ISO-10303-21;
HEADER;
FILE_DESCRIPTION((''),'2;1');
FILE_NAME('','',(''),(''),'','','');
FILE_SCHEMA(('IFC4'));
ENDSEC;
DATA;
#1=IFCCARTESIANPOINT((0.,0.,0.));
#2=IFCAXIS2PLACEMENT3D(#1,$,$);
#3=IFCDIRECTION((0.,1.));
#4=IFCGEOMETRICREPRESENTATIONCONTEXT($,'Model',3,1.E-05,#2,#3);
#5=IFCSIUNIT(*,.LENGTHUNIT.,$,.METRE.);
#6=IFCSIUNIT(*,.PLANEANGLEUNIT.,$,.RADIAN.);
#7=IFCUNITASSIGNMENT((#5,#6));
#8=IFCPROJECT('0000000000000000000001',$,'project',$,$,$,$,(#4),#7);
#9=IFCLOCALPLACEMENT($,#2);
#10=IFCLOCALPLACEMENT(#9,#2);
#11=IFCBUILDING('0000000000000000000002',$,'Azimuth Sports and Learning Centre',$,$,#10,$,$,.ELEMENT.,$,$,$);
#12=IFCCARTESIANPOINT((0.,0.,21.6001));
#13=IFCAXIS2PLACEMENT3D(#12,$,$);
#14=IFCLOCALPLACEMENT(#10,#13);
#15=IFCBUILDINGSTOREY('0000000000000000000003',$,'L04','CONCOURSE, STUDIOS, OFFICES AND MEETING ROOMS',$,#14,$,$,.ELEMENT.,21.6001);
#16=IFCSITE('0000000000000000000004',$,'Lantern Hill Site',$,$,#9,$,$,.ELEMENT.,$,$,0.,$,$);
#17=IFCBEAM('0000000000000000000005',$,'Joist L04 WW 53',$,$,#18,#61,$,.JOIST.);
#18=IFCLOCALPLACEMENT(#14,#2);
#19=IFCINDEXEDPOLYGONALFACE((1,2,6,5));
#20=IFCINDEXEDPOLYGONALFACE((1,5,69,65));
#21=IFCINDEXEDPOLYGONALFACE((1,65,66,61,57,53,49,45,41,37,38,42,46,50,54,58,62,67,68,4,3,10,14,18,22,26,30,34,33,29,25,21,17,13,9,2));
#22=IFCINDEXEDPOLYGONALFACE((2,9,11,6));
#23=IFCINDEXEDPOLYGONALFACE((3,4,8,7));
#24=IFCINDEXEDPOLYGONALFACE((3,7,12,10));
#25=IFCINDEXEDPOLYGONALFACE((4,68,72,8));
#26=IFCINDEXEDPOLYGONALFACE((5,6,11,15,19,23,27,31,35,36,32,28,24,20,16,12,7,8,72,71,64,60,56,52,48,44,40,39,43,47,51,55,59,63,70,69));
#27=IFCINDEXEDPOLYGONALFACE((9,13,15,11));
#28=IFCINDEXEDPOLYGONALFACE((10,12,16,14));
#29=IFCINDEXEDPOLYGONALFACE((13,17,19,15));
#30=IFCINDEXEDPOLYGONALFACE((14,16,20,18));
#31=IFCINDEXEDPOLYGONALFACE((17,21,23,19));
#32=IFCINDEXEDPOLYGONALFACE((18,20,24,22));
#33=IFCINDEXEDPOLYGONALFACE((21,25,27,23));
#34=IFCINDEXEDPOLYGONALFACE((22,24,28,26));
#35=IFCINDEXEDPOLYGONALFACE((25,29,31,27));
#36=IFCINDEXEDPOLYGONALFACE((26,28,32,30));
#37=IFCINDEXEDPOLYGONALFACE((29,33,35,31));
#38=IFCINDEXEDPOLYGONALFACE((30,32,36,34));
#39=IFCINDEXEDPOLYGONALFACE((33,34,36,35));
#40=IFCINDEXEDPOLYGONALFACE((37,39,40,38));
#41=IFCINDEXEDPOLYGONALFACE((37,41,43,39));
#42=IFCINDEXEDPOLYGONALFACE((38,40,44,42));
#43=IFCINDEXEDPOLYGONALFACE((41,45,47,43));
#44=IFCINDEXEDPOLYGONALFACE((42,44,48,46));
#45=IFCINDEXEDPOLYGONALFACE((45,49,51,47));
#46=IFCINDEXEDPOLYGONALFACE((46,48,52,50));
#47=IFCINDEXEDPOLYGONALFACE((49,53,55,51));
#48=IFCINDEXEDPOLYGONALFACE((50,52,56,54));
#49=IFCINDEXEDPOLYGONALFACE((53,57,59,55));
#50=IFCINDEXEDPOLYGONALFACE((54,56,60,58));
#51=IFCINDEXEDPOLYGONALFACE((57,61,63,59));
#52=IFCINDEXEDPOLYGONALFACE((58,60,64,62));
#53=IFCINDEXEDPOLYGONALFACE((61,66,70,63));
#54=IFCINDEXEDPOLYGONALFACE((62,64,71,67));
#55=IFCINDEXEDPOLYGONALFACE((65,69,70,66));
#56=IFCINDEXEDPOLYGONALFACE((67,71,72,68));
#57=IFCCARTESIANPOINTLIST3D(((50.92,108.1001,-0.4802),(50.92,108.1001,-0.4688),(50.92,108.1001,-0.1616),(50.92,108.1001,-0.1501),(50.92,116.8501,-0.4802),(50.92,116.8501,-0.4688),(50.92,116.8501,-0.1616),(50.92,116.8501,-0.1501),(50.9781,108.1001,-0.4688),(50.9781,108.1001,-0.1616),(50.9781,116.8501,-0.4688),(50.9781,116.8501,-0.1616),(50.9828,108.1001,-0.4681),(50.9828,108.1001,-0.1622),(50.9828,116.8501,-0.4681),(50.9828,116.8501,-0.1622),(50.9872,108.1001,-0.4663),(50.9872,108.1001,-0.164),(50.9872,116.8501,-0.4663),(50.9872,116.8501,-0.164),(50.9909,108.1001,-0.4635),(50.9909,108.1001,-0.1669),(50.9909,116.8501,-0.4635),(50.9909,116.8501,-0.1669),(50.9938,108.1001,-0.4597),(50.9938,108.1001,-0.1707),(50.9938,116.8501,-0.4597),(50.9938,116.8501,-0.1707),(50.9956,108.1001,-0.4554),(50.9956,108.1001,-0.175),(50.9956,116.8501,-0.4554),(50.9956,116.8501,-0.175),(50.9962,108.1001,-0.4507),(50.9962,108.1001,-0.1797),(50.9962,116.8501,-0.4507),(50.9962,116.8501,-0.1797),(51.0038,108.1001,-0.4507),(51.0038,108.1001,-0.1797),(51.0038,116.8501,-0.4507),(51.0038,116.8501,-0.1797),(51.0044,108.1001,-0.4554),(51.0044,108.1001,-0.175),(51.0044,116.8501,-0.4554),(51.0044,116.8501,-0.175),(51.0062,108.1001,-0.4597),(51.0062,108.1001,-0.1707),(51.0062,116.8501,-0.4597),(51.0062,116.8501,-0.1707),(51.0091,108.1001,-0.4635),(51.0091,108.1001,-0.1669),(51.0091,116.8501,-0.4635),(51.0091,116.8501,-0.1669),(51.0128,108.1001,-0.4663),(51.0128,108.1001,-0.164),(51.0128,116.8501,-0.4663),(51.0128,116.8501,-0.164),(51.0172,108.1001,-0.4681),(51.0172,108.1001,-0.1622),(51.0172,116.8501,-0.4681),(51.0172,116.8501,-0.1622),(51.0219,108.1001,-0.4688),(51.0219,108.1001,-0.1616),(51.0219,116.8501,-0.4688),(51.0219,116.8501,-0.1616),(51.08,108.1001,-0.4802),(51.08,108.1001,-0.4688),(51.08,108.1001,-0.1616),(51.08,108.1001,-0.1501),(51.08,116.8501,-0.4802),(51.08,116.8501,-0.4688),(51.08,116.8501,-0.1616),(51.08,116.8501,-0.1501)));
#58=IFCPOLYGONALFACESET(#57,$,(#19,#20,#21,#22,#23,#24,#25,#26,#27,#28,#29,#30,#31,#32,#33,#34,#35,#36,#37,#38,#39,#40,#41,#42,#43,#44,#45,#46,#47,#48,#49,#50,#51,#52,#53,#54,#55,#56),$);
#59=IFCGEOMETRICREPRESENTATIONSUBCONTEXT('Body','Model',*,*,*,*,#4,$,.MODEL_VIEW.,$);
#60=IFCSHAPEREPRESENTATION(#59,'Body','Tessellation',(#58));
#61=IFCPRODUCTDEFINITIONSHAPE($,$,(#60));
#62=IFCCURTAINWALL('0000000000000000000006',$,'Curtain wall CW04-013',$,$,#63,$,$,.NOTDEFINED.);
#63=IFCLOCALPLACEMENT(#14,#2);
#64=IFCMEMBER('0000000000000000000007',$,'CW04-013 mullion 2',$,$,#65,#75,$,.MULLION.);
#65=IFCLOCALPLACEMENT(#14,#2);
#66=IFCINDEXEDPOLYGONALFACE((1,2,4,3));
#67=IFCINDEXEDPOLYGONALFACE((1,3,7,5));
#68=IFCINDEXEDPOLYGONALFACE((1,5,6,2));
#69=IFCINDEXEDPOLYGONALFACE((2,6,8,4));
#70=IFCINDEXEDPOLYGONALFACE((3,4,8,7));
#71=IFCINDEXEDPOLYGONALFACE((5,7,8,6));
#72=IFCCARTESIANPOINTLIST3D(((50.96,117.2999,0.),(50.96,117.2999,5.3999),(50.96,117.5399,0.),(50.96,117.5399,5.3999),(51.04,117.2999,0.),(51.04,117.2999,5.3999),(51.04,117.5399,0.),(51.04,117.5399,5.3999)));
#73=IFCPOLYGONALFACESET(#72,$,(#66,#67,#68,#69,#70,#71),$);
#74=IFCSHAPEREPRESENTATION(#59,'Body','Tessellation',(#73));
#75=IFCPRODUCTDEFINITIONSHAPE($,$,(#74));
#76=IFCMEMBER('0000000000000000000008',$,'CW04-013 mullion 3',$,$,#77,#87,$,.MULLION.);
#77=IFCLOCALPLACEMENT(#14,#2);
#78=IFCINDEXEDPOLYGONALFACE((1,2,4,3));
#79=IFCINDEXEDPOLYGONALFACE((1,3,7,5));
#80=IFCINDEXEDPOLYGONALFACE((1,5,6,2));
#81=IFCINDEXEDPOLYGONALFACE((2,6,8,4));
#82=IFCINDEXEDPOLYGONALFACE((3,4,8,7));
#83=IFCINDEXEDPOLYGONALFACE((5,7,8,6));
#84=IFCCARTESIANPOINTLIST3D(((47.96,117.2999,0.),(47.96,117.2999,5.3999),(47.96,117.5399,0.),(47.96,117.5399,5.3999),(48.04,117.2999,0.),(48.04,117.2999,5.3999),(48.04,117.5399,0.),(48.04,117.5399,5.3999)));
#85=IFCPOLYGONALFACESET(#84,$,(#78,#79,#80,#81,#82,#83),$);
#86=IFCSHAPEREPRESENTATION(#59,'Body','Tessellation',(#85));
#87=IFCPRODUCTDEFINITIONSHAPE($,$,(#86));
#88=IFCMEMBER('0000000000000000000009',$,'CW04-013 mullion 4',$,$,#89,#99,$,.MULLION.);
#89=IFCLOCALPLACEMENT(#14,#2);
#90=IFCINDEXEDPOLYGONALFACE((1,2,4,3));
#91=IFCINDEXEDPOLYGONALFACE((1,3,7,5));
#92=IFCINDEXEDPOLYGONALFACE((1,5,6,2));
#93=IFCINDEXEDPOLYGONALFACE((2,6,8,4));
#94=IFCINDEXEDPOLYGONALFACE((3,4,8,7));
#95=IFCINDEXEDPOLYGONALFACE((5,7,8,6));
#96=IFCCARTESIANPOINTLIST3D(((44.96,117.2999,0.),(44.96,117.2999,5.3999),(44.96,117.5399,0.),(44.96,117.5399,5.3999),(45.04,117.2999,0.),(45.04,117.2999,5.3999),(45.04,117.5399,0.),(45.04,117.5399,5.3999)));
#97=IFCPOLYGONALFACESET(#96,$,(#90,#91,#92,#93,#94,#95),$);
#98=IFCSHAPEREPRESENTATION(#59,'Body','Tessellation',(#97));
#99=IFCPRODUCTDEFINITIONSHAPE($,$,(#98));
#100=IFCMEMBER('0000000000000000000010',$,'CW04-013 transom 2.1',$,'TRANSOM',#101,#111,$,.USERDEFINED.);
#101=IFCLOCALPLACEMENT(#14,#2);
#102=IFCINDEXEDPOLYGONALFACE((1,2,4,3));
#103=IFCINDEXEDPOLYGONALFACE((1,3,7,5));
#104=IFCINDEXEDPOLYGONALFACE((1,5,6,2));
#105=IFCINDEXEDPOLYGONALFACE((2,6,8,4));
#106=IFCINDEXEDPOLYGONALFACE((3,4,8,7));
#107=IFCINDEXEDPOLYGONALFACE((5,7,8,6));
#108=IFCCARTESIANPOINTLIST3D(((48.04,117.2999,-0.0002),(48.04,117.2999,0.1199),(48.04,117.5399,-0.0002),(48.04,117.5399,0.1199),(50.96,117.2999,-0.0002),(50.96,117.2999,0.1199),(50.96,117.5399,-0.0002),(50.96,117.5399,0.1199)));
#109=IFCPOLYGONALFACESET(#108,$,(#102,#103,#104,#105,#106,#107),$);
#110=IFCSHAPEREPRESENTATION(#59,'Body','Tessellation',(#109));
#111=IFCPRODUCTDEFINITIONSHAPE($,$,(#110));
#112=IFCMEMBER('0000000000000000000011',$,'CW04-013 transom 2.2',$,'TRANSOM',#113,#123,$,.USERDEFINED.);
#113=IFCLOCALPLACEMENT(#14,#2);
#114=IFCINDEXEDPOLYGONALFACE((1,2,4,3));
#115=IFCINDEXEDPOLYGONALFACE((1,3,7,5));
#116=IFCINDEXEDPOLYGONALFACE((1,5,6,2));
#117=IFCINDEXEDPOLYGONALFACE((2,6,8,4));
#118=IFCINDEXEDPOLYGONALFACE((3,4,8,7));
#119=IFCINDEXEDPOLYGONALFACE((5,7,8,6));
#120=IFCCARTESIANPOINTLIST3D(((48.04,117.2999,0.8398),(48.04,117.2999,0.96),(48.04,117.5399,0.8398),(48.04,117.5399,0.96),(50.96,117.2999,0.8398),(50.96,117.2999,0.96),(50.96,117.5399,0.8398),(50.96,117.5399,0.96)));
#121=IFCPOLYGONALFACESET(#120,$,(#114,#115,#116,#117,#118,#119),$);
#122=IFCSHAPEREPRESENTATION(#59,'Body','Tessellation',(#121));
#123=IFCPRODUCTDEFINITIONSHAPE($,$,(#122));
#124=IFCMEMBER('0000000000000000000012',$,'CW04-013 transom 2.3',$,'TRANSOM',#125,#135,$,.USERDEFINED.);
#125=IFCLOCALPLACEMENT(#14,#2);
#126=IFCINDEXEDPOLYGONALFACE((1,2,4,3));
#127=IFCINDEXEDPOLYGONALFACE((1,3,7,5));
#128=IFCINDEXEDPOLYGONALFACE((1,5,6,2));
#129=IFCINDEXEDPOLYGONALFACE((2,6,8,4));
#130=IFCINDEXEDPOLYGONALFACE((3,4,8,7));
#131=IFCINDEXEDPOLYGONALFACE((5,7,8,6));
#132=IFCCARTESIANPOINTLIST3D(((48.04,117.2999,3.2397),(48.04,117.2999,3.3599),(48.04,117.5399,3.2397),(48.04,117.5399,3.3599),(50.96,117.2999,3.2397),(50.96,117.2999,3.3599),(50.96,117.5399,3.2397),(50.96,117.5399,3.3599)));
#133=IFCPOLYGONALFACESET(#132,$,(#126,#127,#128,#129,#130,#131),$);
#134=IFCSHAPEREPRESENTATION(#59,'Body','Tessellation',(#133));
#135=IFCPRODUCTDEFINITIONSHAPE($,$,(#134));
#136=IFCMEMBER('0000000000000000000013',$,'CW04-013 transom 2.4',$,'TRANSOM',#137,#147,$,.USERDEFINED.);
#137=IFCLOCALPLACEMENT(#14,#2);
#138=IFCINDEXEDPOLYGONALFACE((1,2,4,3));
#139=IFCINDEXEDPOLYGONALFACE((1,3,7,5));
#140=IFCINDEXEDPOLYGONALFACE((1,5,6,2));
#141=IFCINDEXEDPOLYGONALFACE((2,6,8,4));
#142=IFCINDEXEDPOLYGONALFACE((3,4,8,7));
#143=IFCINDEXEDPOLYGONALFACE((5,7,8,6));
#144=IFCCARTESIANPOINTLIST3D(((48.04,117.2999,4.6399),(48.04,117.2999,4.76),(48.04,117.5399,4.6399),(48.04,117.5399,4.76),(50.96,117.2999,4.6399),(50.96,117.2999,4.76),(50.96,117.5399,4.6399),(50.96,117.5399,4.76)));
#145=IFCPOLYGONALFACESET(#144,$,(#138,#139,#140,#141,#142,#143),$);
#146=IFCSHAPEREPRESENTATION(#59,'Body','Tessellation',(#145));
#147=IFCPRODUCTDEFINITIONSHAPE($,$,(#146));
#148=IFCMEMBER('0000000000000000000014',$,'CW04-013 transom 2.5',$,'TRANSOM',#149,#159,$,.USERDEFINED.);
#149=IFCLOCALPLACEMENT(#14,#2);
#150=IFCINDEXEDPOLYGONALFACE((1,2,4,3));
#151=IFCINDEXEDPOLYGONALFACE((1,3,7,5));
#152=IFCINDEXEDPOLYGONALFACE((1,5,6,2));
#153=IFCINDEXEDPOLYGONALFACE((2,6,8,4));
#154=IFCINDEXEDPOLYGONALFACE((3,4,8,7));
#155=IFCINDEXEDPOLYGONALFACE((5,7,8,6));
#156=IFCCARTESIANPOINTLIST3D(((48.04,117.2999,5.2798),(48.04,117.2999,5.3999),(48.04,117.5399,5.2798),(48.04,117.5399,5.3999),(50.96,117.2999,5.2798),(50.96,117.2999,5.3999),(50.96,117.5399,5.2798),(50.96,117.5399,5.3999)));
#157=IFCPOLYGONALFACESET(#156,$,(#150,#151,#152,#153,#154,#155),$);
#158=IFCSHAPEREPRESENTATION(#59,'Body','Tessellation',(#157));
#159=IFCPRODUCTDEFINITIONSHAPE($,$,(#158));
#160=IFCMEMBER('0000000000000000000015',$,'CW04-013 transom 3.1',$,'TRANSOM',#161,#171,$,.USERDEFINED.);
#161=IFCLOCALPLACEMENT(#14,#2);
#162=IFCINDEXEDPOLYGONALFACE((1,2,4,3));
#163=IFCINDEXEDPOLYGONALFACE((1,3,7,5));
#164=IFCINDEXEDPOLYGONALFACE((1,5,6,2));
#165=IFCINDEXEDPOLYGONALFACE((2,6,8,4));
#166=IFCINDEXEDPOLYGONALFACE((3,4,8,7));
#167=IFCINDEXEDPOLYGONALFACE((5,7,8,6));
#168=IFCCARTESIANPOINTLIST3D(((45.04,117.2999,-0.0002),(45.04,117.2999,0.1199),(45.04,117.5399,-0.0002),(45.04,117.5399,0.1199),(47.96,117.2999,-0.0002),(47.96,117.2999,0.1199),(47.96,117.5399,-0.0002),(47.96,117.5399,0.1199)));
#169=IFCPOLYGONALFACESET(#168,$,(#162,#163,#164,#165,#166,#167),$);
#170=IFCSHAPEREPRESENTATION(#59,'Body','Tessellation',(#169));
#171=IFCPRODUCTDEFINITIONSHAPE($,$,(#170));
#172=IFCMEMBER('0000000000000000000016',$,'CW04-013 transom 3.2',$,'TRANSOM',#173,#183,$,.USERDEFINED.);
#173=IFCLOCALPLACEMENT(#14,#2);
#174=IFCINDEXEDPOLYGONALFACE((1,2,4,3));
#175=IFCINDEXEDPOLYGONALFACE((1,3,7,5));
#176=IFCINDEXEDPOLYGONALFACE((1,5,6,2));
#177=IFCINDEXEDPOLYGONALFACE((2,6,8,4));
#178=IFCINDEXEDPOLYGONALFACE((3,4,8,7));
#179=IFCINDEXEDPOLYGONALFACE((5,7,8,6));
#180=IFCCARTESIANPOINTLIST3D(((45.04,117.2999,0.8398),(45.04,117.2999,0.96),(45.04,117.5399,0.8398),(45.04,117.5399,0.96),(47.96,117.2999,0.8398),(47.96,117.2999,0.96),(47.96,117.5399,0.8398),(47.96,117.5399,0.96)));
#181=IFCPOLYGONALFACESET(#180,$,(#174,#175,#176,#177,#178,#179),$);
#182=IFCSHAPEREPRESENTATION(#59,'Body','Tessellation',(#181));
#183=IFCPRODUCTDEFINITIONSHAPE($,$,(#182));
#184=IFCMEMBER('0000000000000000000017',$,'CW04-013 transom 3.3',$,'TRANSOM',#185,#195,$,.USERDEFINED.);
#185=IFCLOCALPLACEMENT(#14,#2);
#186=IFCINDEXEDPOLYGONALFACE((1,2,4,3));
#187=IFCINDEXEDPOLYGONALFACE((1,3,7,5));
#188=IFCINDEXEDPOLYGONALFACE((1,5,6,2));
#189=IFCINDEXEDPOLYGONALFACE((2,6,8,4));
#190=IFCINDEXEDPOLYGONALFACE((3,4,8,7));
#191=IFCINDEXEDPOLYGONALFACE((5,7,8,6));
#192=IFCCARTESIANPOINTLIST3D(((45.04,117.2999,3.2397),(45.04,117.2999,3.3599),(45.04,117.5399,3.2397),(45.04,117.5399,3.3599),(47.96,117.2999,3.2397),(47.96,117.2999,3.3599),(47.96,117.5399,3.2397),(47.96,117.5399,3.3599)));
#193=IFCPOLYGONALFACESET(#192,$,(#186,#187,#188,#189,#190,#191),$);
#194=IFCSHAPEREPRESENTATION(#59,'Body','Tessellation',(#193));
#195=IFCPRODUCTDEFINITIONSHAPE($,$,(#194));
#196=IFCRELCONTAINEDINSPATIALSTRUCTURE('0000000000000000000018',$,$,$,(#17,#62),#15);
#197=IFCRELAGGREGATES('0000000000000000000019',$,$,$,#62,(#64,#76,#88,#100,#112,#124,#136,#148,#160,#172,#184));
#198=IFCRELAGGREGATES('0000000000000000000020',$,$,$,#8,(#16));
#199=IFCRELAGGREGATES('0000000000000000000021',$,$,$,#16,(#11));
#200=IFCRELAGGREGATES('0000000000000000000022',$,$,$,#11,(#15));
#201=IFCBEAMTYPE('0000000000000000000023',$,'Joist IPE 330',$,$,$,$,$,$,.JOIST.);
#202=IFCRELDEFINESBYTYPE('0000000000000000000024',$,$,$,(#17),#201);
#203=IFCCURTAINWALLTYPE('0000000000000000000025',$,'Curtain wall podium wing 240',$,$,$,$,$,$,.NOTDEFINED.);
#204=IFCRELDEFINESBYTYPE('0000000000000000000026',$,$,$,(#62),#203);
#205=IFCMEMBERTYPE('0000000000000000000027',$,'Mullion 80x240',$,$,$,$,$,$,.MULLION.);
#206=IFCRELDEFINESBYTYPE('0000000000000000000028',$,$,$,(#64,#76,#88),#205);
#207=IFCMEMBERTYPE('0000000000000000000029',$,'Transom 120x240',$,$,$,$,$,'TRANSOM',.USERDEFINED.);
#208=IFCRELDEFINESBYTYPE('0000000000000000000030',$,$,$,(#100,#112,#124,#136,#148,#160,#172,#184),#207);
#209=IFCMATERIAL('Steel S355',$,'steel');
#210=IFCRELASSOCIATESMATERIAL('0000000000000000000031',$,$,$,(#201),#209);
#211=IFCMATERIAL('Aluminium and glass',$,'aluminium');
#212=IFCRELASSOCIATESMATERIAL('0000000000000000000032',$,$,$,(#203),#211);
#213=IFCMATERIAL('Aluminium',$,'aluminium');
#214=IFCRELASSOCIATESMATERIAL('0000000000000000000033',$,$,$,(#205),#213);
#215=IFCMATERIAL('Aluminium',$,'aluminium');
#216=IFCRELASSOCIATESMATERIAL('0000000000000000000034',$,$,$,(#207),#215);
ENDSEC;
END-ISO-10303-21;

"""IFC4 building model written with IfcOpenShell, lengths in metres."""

from ifc_helpers import new_model, si_unit, direction, frame, origin, origin_2d, place, context, subcontext, project, spatial, rectangle, i_section, extrude, material, material_profile, profile_set, type_object, element, aggregate, save


model = new_model("IFC4")

# Units and contexts
model_context = context("Model", 3, precision=1e-05, world=origin(), true_north=direction((0.0, 1.0)))
body_context = subcontext(model_context, "Body", "Model", "MODEL_VIEW")
ifc_project = project(units=[si_unit("LENGTHUNIT", "METRE"), si_unit("PLANEANGLEUNIT", "RADIAN")], contexts=[model_context])

# Site, building, storey
site_placement = place(None, origin())
site = spatial("IfcSite", under=ifc_project, at=site_placement, Name="Lantern Hill Site", CompositionType="ELEMENT", RefElevation=0.0)
building_placement = place(site_placement, origin())
building = spatial("IfcBuilding", under=site, at=building_placement, Name="Azimuth Sports and Learning Centre", CompositionType="ELEMENT")
storey_placement = place(building_placement, frame((0.0, 0.0, 21.6001)))
storey = spatial("IfcBuildingStorey", under=building, at=storey_placement, Name="L04", Description="CONCOURSE, STUDIOS, OFFICES AND MEETING ROOMS", CompositionType="ELEMENT", Elevation=21.6001)

# Beam
ifc_material_1 = material(Name="Steel S355", Category="steel")
ifc_material_profile_1 = material_profile(ifc_material_1, i_section(OverallWidth=0.1599, OverallDepth=0.3301, WebThickness=0.0076, FlangeThickness=0.0115, FilletRadius=0.0181, at=origin_2d()), Name="IPE 330")
ifc_profile_set_1 = profile_set([ifc_material_profile_1], Name="Steel S355")
beam_type_1 = type_object("IfcBeamType", Name="Joist IPE 330", PredefinedType="JOIST", material=ifc_profile_set_1)
for number, where, z_axis, x_axis, name in (
    (1, (51.0, 108.1001, -0.3152), (0.0, 1.0, 0.0), (-1.0, 0.0, 0.0), "Joist L04 WW 53"),
):
    element("IfcBeam", number, at=place(storey_placement, frame(where, z_axis=z_axis, x_axis=x_axis)), inside=storey, type_object=beam_type_1, Name=name, PredefinedType="JOIST", context=body_context, shape_type="SweptSolid", body=[
        extrude(i_section(OverallWidth=0.1599, OverallDepth=0.3301, WebThickness=0.0076, FlangeThickness=0.0115, FilletRadius=0.0181, at=origin_2d()), origin(), (0.0, 0.0, 1.0), 8.75),
    ])

# Curtain wall, members
ifc_material_2 = material(Name="Aluminium and glass", Category="aluminium")
curtain_wall_type = type_object("IfcCurtainWallType", Name="Curtain wall podium wing 240", PredefinedType="NOTDEFINED", material=ifc_material_2)
curtain_wall_placement = place(storey_placement, origin())
curtain_wall = element("IfcCurtainWall", 2, at=curtain_wall_placement, inside=storey, type_object=curtain_wall_type, Name="Curtain wall CW04-013", PredefinedType="NOTDEFINED")
ifc_material_3 = material(Name="Aluminium", Category="aluminium")
ifc_material_profile_2 = material_profile(ifc_material_3, rectangle(XDim=0.24, YDim=0.0801, at=origin_2d()), Name="Mullion 80x240")
ifc_profile_set_2 = profile_set([ifc_material_profile_2], Name="Aluminium")
member_type_1 = type_object("IfcMemberType", Name="Mullion 80x240", PredefinedType="MULLION", material=ifc_profile_set_2)
member_1_placement = place(storey_placement, frame((51.0, 117.4199, 0.0), z_axis=(0.0, 0.0, 1.0), x_axis=(0.0, -1.0, 0.0)))
member_1 = element("IfcMember", 3, at=member_1_placement, type_object=member_type_1, Name="CW04-013 mullion 2", PredefinedType="MULLION", context=body_context, shape_type="SweptSolid", body=[
    extrude(rectangle(XDim=0.24, YDim=0.0801, at=origin_2d()), origin(), (0.0, 0.0, 1.0), 5.3999),
])
member_2_placement = place(storey_placement, frame((48.0, 117.4199, 0.0), z_axis=(0.0, 0.0, 1.0), x_axis=(0.0, -1.0, 0.0)))
member_2 = element("IfcMember", 4, at=member_2_placement, type_object=member_type_1, Name="CW04-013 mullion 3", PredefinedType="MULLION", context=body_context, shape_type="SweptSolid", body=[
    extrude(rectangle(XDim=0.24, YDim=0.0801, at=origin_2d()), origin(), (0.0, 0.0, 1.0), 5.3999),
])
member_3_placement = place(storey_placement, frame((45.0, 117.4199, 0.0), z_axis=(0.0, 0.0, 1.0), x_axis=(0.0, -1.0, 0.0)))
member_3 = element("IfcMember", 5, at=member_3_placement, type_object=member_type_1, Name="CW04-013 mullion 4", PredefinedType="MULLION", context=body_context, shape_type="SweptSolid", body=[
    extrude(rectangle(XDim=0.24, YDim=0.0801, at=origin_2d()), origin(), (0.0, 0.0, 1.0), 5.3999),
])
ifc_material_4 = material(Name="Aluminium", Category="aluminium")
ifc_material_profile_3 = material_profile(ifc_material_4, rectangle(XDim=0.24, YDim=0.1201, at=origin_2d()), Name="Transom 120x240")
ifc_profile_set_3 = profile_set([ifc_material_profile_3], Name="Aluminium")
member_type_2 = type_object("IfcMemberType", Name="Transom 120x240", ElementType="TRANSOM", PredefinedType="USERDEFINED", material=ifc_profile_set_3)
member_4_placement = place(storey_placement, frame((50.96, 117.4199, 0.0598), z_axis=(-1.0, 0.0, 0.0), x_axis=(0.0, -1.0, 0.0)))
member_4 = element("IfcMember", 6, at=member_4_placement, type_object=member_type_2, Name="CW04-013 transom 2.1", ObjectType="TRANSOM", PredefinedType="USERDEFINED", context=body_context, shape_type="SweptSolid", body=[
    extrude(rectangle(XDim=0.24, YDim=0.1201, at=origin_2d()), origin(), (0.0, 0.0, 1.0), 2.9199),
])
member_5_placement = place(storey_placement, frame((50.96, 117.4199, 0.8999), z_axis=(-1.0, 0.0, 0.0), x_axis=(0.0, -1.0, 0.0)))
member_5 = element("IfcMember", 7, at=member_5_placement, type_object=member_type_2, Name="CW04-013 transom 2.2", ObjectType="TRANSOM", PredefinedType="USERDEFINED", context=body_context, shape_type="SweptSolid", body=[
    extrude(rectangle(XDim=0.24, YDim=0.1201, at=origin_2d()), origin(), (0.0, 0.0, 1.0), 2.9199),
])
member_6_placement = place(storey_placement, frame((50.96, 117.4199, 3.2998), z_axis=(-1.0, 0.0, 0.0), x_axis=(0.0, -1.0, 0.0)))
member_6 = element("IfcMember", 8, at=member_6_placement, type_object=member_type_2, Name="CW04-013 transom 2.3", ObjectType="TRANSOM", PredefinedType="USERDEFINED", context=body_context, shape_type="SweptSolid", body=[
    extrude(rectangle(XDim=0.24, YDim=0.1201, at=origin_2d()), origin(), (0.0, 0.0, 1.0), 2.9199),
])
member_7_placement = place(storey_placement, frame((50.96, 117.4199, 4.7), z_axis=(-1.0, 0.0, 0.0), x_axis=(0.0, -1.0, 0.0)))
member_7 = element("IfcMember", 9, at=member_7_placement, type_object=member_type_2, Name="CW04-013 transom 2.4", ObjectType="TRANSOM", PredefinedType="USERDEFINED", context=body_context, shape_type="SweptSolid", body=[
    extrude(rectangle(XDim=0.24, YDim=0.1201, at=origin_2d()), origin(), (0.0, 0.0, 1.0), 2.9199),
])
member_8_placement = place(storey_placement, frame((50.96, 117.4199, 5.3398), z_axis=(-1.0, 0.0, 0.0), x_axis=(0.0, -1.0, 0.0)))
member_8 = element("IfcMember", 10, at=member_8_placement, type_object=member_type_2, Name="CW04-013 transom 2.5", ObjectType="TRANSOM", PredefinedType="USERDEFINED", context=body_context, shape_type="SweptSolid", body=[
    extrude(rectangle(XDim=0.24, YDim=0.1201, at=origin_2d()), origin(), (0.0, 0.0, 1.0), 2.9199),
])
member_9_placement = place(storey_placement, frame((47.96, 117.4199, 0.0598), z_axis=(-1.0, 0.0, 0.0), x_axis=(0.0, -1.0, 0.0)))
member_9 = element("IfcMember", 11, at=member_9_placement, type_object=member_type_2, Name="CW04-013 transom 3.1", ObjectType="TRANSOM", PredefinedType="USERDEFINED", context=body_context, shape_type="SweptSolid", body=[
    extrude(rectangle(XDim=0.24, YDim=0.1201, at=origin_2d()), origin(), (0.0, 0.0, 1.0), 2.9199),
])
member_10_placement = place(storey_placement, frame((47.96, 117.4199, 0.8999), z_axis=(-1.0, 0.0, 0.0), x_axis=(0.0, -1.0, 0.0)))
member_10 = element("IfcMember", 12, at=member_10_placement, type_object=member_type_2, Name="CW04-013 transom 3.2", ObjectType="TRANSOM", PredefinedType="USERDEFINED", context=body_context, shape_type="SweptSolid", body=[
    extrude(rectangle(XDim=0.24, YDim=0.1201, at=origin_2d()), origin(), (0.0, 0.0, 1.0), 2.9199),
])
member_11_placement = place(storey_placement, frame((47.96, 117.4199, 3.2998), z_axis=(-1.0, 0.0, 0.0), x_axis=(0.0, -1.0, 0.0)))
member_11 = element("IfcMember", 13, at=member_11_placement, type_object=member_type_2, Name="CW04-013 transom 3.3", ObjectType="TRANSOM", PredefinedType="USERDEFINED", context=body_context, shape_type="SweptSolid", body=[
    extrude(rectangle(XDim=0.24, YDim=0.1201, at=origin_2d()), origin(), (0.0, 0.0, 1.0), 2.9199),
])
aggregate(curtain_wall, [member_1, member_2, member_3, member_4, member_5, member_6, member_7, member_8, member_9, member_10, member_11])

save(model, "model.ifc")
